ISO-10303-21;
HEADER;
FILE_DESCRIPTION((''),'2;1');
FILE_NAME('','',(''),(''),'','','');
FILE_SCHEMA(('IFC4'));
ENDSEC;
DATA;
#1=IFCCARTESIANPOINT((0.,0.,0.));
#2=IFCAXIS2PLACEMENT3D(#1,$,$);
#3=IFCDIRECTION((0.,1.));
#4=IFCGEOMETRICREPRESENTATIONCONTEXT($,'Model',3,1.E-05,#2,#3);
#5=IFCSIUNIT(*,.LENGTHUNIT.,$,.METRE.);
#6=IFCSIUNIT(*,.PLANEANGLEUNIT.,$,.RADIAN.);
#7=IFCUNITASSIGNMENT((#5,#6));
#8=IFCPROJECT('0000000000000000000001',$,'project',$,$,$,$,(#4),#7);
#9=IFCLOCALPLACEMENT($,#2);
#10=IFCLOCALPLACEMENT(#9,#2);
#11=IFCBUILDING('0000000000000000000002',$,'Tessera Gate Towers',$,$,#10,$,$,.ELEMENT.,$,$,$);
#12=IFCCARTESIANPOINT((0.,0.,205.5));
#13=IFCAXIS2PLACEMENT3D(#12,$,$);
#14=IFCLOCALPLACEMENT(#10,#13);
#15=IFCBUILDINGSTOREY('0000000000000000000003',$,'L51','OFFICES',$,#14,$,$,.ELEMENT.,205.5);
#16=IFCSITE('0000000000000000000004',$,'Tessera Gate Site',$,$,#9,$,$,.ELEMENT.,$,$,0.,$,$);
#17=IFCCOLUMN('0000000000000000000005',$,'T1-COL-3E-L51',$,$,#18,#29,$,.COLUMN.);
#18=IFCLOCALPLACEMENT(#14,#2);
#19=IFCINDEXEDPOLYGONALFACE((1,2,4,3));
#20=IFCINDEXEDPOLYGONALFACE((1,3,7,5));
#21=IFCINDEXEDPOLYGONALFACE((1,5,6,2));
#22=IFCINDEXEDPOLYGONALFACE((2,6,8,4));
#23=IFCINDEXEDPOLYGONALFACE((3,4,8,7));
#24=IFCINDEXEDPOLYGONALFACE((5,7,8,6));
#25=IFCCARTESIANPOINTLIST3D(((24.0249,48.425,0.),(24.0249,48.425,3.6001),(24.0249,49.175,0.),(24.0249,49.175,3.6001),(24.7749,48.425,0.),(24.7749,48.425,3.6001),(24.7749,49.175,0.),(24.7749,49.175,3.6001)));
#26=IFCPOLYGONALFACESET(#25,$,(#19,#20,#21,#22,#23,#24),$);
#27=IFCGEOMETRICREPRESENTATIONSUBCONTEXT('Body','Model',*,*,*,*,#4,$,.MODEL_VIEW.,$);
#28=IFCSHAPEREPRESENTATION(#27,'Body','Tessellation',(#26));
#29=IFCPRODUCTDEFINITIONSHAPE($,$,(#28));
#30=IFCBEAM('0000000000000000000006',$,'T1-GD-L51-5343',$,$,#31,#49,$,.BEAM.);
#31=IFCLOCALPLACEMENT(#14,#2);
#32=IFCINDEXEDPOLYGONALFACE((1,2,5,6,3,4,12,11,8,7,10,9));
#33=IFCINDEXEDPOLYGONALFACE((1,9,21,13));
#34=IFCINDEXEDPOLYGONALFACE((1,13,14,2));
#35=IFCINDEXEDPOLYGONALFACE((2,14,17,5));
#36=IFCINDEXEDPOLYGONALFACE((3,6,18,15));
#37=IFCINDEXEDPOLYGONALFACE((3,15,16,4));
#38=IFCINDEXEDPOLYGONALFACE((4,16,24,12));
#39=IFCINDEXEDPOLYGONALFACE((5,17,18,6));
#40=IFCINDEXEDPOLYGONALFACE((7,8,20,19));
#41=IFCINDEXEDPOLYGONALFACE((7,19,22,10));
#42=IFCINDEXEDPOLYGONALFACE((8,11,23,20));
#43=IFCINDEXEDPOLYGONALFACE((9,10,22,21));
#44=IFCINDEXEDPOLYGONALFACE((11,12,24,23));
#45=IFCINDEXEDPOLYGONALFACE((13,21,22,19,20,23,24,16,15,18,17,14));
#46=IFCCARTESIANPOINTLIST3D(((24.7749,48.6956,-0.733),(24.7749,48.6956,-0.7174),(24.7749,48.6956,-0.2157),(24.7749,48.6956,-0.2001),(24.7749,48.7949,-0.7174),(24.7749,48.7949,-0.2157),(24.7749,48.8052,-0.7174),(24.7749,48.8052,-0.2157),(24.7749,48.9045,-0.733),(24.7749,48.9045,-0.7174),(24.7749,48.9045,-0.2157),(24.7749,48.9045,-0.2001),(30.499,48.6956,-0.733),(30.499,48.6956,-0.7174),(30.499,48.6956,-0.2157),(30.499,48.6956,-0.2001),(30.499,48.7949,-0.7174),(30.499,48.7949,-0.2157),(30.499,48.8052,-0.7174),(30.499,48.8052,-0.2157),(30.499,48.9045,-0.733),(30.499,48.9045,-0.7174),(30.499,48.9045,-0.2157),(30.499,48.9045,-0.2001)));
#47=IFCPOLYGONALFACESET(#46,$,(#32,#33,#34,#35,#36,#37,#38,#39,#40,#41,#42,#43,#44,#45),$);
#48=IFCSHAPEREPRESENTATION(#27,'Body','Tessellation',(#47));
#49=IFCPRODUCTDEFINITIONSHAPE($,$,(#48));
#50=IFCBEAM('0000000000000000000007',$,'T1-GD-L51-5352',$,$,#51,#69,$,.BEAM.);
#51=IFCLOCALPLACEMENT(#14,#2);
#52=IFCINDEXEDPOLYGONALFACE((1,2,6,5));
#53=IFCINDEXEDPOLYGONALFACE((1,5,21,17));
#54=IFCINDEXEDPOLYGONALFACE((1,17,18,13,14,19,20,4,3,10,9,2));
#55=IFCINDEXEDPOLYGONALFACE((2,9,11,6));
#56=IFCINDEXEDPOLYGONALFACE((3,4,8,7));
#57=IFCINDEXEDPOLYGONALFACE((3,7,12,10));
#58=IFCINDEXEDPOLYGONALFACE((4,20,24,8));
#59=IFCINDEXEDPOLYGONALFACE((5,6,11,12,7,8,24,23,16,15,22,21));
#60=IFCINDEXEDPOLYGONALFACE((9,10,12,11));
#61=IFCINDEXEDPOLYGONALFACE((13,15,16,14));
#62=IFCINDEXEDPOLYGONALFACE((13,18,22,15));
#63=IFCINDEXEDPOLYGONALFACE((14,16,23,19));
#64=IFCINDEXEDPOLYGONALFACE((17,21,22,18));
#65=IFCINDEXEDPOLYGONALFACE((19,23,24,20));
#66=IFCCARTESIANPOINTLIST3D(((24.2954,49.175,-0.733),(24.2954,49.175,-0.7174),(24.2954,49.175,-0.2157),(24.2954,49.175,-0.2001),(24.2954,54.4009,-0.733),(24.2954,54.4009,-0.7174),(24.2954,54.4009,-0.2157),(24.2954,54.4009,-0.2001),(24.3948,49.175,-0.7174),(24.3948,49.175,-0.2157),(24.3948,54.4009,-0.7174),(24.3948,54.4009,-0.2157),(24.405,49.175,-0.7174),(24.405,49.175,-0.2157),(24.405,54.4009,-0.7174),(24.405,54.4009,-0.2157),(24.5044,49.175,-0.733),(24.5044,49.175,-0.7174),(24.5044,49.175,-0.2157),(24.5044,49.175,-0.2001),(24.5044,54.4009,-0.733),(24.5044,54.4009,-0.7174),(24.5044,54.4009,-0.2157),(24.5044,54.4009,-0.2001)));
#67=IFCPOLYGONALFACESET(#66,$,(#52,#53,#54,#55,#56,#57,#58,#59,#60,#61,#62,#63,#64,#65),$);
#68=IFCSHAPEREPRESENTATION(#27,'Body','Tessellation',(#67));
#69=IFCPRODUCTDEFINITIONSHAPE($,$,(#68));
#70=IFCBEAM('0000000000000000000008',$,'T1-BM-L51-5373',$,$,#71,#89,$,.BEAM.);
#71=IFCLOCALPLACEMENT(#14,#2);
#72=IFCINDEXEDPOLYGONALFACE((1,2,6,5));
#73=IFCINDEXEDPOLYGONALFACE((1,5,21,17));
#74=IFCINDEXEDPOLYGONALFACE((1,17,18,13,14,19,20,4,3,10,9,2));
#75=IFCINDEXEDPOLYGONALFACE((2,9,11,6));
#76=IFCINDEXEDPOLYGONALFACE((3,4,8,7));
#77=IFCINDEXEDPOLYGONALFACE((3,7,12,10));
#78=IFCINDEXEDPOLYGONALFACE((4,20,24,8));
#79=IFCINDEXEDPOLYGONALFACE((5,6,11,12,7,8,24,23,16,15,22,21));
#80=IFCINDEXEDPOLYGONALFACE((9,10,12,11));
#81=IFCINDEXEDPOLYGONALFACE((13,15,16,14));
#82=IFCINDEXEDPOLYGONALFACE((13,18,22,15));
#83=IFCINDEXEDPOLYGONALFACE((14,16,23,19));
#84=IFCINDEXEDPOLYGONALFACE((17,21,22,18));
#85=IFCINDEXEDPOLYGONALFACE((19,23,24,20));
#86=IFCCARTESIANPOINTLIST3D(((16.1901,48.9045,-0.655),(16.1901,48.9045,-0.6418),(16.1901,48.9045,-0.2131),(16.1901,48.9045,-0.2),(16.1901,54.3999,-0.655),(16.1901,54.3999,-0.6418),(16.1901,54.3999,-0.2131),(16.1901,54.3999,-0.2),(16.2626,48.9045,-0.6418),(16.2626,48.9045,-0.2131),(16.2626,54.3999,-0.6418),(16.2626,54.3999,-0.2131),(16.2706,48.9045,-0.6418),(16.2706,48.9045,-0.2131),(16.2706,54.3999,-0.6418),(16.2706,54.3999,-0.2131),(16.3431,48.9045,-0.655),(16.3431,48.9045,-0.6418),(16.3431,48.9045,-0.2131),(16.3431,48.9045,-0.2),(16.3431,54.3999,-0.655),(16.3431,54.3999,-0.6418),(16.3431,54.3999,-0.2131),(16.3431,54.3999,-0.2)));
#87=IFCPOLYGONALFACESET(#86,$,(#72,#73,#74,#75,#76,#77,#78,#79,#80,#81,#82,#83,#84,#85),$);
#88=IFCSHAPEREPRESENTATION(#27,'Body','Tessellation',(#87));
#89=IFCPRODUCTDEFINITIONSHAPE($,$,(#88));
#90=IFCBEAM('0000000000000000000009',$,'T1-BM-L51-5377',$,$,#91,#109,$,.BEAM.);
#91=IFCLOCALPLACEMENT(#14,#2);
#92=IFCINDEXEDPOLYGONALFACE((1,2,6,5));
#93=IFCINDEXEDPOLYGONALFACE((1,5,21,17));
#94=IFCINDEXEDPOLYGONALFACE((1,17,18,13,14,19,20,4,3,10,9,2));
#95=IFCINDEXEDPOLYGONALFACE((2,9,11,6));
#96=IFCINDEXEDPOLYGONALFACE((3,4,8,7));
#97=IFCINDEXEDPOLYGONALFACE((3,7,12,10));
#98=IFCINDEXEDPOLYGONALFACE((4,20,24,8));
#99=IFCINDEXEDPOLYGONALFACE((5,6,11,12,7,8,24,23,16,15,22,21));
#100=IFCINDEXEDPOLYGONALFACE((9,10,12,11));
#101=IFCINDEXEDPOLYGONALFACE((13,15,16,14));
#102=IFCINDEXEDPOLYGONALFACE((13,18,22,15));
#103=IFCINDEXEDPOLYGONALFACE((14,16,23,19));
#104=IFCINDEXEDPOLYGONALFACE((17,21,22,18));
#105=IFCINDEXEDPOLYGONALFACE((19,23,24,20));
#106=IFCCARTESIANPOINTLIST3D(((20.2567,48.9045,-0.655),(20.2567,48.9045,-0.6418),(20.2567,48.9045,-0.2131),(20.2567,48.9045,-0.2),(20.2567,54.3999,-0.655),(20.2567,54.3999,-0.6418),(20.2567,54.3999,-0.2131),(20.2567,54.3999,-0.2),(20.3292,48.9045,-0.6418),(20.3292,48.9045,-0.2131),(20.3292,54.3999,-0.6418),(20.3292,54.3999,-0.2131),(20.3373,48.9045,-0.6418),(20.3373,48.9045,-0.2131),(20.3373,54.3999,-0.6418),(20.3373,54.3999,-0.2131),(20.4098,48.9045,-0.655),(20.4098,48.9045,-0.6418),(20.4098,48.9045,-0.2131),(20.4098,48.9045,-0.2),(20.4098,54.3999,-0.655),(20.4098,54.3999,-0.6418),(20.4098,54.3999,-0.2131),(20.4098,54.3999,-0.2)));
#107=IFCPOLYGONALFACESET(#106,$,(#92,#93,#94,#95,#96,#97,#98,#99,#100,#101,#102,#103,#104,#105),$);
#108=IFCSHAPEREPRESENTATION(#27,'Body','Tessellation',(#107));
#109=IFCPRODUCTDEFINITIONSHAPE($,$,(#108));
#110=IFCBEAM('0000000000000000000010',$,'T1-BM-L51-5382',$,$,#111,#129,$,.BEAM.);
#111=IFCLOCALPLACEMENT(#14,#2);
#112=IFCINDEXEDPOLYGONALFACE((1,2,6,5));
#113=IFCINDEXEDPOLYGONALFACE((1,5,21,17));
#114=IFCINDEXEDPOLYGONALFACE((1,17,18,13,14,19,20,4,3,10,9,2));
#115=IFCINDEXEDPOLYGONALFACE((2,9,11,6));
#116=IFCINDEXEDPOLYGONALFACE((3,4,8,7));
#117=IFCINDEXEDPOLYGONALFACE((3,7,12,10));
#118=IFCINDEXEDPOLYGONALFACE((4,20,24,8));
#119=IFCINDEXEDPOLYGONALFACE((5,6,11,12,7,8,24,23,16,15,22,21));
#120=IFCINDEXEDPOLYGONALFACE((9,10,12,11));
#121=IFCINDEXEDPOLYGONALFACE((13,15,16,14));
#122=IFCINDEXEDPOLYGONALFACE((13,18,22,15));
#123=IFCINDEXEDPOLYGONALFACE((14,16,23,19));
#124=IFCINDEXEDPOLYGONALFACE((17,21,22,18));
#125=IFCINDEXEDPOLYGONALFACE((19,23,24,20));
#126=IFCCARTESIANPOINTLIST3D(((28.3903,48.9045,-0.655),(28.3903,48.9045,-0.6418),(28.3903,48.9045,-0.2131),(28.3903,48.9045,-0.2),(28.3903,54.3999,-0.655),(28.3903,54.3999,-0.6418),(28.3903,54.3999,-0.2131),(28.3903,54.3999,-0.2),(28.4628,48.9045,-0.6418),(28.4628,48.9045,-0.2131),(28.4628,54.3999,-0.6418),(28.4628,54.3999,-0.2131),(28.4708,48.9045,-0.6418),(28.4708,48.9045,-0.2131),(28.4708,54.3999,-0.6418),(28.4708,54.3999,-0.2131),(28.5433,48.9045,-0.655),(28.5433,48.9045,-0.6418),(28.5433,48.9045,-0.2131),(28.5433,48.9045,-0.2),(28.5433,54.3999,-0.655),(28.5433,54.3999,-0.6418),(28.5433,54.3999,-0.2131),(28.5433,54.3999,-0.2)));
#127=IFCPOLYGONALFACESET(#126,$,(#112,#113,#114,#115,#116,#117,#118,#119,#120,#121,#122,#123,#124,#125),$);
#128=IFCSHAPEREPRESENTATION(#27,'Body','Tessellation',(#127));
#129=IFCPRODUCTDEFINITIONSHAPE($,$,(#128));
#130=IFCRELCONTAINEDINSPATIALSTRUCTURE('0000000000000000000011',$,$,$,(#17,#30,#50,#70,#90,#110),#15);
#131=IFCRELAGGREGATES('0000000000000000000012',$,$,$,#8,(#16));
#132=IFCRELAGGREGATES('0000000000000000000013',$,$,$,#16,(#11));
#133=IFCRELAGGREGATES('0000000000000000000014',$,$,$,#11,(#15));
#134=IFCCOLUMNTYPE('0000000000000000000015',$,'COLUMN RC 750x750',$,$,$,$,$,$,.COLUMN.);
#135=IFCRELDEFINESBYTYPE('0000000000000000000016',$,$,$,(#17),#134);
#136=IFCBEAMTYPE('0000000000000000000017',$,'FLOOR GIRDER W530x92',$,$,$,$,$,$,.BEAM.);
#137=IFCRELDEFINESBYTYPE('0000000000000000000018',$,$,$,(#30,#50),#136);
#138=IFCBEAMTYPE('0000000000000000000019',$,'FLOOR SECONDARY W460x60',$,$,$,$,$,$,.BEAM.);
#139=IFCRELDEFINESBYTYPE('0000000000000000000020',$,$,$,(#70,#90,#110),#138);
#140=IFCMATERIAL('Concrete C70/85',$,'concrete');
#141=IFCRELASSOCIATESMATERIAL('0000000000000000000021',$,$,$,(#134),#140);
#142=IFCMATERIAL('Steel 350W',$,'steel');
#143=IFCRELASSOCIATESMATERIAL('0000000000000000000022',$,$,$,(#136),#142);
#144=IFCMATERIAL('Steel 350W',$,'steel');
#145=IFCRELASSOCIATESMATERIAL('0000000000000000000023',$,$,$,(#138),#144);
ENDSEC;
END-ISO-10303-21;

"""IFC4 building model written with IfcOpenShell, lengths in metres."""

from ifc_helpers import new_model, si_unit, direction, frame, origin, origin_2d, place, context, subcontext, project, spatial, rectangle, i_section, extrude, material, material_profile, profile_set, type_object, element, save


model = new_model("IFC4")

# Units and contexts
model_context = context("Model", 3, precision=1e-05, world=origin(), true_north=direction((0.0, 1.0)))
body_context = subcontext(model_context, "Body", "Model", "MODEL_VIEW")
ifc_project = project(units=[si_unit("LENGTHUNIT", "METRE"), si_unit("PLANEANGLEUNIT", "RADIAN")], contexts=[model_context])

# Site, building, storey
site_placement = place(None, origin())
site = spatial("IfcSite", under=ifc_project, at=site_placement, Name="Tessera Gate Site", CompositionType="ELEMENT", RefElevation=0.0)
building_placement = place(site_placement, origin())
building = spatial("IfcBuilding", under=site, at=building_placement, Name="Tessera Gate Towers", CompositionType="ELEMENT")
storey_placement = place(building_placement, frame((0.0, 0.0, 205.5)))
storey = spatial("IfcBuildingStorey", under=building, at=storey_placement, Name="L51", Description="OFFICES", CompositionType="ELEMENT", Elevation=205.5)

# Column
ifc_material_1 = material(Name="Concrete C70/85", Category="concrete")
ifc_material_profile_1 = material_profile(ifc_material_1, rectangle(XDim=0.75, YDim=0.75, at=origin_2d()), Name="RC 750x750")
ifc_profile_set_1 = profile_set([ifc_material_profile_1], Name="Concrete C70/85")
column_type = type_object("IfcColumnType", Name="COLUMN RC 750x750", PredefinedType="COLUMN", material=ifc_profile_set_1)
column_placement = place(storey_placement, frame((24.3999, 48.8, 0.0), z_axis=(0.0, 0.0, 1.0), x_axis=(1.0, 0.0, 0.0)))
element("IfcColumn", 1, at=column_placement, inside=storey, type_object=column_type, Name="T1-COL-3E-L51", PredefinedType="COLUMN", context=body_context, shape_type="SweptSolid", body=[
    extrude(rectangle(XDim=0.75, YDim=0.75, at=origin_2d()), origin(), (0.0, 0.0, 1.0), 3.6001),
])

# Beams
ifc_material_2 = material(Name="Steel 350W", Category="steel")
ifc_material_profile_2 = material_profile(ifc_material_2, i_section(OverallWidth=0.209, OverallDepth=0.533, WebThickness=0.0103, FlangeThickness=0.0156, at=origin_2d()), Name="W530x92")
ifc_profile_set_2 = profile_set([ifc_material_profile_2], Name="Steel 350W")
beam_type_1 = type_object("IfcBeamType", Name="FLOOR GIRDER W530x92", PredefinedType="BEAM", material=ifc_profile_set_2)
beam_1_placement = place(storey_placement, frame((24.7749, 48.8, -0.4666), z_axis=(1.0, 0.0, 0.0), x_axis=(0.0, 1.0, 0.0)))
element("IfcBeam", 2, at=beam_1_placement, inside=storey, type_object=beam_type_1, Name="T1-GD-L51-5343", PredefinedType="BEAM", context=body_context, shape_type="SweptSolid", body=[
    extrude(i_section(OverallWidth=0.209, OverallDepth=0.533, WebThickness=0.0103, FlangeThickness=0.0156, at=origin_2d()), origin(), (0.0, 0.0, 1.0), 5.7241),
])
beam_2_placement = place(storey_placement, frame((24.3999, 49.175, -0.4666), z_axis=(0.0, 1.0, 0.0), x_axis=(-1.0, 0.0, 0.0)))
element("IfcBeam", 3, at=beam_2_placement, inside=storey, type_object=beam_type_1, Name="T1-GD-L51-5352", PredefinedType="BEAM", context=body_context, shape_type="SweptSolid", body=[
    extrude(i_section(OverallWidth=0.209, OverallDepth=0.533, WebThickness=0.0103, FlangeThickness=0.0156, at=origin_2d()), origin(), (0.0, 0.0, 1.0), 5.2258),
])
ifc_material_3 = material(Name="Steel 350W", Category="steel")
ifc_material_profile_3 = material_profile(ifc_material_3, i_section(OverallWidth=0.1531, OverallDepth=0.4551, WebThickness=0.0081, FlangeThickness=0.0132, at=origin_2d()), Name="W460x60")
ifc_profile_set_3 = profile_set([ifc_material_profile_3], Name="Steel 350W")
beam_type_2 = type_object("IfcBeamType", Name="FLOOR SECONDARY W460x60", PredefinedType="BEAM", material=ifc_profile_set_3)
for number, where, z_axis, x_axis, name in (
    (4, (16.2666, 48.9045, -0.4275), (0.0, 1.0, 0.0), (-1.0, 0.0, 0.0), "T1-BM-L51-5373"),
    (5, (20.3333, 48.9045, -0.4275), (0.0, 1.0, 0.0), (-1.0, 0.0, 0.0), "T1-BM-L51-5377"),
    (6, (28.4668, 48.9045, -0.4275), (0.0, 1.0, 0.0), (-1.0, 0.0, 0.0), "T1-BM-L51-5382"),
):
    element("IfcBeam", number, at=place(storey_placement, frame(where, z_axis=z_axis, x_axis=x_axis)), inside=storey, type_object=beam_type_2, Name=name, PredefinedType="BEAM", context=body_context, shape_type="SweptSolid", body=[
        extrude(i_section(OverallWidth=0.1531, OverallDepth=0.4551, WebThickness=0.0081, FlangeThickness=0.0132, at=origin_2d()), origin(), (0.0, 0.0, 1.0), 5.4954),
    ])

save(model, "model.ifc")
